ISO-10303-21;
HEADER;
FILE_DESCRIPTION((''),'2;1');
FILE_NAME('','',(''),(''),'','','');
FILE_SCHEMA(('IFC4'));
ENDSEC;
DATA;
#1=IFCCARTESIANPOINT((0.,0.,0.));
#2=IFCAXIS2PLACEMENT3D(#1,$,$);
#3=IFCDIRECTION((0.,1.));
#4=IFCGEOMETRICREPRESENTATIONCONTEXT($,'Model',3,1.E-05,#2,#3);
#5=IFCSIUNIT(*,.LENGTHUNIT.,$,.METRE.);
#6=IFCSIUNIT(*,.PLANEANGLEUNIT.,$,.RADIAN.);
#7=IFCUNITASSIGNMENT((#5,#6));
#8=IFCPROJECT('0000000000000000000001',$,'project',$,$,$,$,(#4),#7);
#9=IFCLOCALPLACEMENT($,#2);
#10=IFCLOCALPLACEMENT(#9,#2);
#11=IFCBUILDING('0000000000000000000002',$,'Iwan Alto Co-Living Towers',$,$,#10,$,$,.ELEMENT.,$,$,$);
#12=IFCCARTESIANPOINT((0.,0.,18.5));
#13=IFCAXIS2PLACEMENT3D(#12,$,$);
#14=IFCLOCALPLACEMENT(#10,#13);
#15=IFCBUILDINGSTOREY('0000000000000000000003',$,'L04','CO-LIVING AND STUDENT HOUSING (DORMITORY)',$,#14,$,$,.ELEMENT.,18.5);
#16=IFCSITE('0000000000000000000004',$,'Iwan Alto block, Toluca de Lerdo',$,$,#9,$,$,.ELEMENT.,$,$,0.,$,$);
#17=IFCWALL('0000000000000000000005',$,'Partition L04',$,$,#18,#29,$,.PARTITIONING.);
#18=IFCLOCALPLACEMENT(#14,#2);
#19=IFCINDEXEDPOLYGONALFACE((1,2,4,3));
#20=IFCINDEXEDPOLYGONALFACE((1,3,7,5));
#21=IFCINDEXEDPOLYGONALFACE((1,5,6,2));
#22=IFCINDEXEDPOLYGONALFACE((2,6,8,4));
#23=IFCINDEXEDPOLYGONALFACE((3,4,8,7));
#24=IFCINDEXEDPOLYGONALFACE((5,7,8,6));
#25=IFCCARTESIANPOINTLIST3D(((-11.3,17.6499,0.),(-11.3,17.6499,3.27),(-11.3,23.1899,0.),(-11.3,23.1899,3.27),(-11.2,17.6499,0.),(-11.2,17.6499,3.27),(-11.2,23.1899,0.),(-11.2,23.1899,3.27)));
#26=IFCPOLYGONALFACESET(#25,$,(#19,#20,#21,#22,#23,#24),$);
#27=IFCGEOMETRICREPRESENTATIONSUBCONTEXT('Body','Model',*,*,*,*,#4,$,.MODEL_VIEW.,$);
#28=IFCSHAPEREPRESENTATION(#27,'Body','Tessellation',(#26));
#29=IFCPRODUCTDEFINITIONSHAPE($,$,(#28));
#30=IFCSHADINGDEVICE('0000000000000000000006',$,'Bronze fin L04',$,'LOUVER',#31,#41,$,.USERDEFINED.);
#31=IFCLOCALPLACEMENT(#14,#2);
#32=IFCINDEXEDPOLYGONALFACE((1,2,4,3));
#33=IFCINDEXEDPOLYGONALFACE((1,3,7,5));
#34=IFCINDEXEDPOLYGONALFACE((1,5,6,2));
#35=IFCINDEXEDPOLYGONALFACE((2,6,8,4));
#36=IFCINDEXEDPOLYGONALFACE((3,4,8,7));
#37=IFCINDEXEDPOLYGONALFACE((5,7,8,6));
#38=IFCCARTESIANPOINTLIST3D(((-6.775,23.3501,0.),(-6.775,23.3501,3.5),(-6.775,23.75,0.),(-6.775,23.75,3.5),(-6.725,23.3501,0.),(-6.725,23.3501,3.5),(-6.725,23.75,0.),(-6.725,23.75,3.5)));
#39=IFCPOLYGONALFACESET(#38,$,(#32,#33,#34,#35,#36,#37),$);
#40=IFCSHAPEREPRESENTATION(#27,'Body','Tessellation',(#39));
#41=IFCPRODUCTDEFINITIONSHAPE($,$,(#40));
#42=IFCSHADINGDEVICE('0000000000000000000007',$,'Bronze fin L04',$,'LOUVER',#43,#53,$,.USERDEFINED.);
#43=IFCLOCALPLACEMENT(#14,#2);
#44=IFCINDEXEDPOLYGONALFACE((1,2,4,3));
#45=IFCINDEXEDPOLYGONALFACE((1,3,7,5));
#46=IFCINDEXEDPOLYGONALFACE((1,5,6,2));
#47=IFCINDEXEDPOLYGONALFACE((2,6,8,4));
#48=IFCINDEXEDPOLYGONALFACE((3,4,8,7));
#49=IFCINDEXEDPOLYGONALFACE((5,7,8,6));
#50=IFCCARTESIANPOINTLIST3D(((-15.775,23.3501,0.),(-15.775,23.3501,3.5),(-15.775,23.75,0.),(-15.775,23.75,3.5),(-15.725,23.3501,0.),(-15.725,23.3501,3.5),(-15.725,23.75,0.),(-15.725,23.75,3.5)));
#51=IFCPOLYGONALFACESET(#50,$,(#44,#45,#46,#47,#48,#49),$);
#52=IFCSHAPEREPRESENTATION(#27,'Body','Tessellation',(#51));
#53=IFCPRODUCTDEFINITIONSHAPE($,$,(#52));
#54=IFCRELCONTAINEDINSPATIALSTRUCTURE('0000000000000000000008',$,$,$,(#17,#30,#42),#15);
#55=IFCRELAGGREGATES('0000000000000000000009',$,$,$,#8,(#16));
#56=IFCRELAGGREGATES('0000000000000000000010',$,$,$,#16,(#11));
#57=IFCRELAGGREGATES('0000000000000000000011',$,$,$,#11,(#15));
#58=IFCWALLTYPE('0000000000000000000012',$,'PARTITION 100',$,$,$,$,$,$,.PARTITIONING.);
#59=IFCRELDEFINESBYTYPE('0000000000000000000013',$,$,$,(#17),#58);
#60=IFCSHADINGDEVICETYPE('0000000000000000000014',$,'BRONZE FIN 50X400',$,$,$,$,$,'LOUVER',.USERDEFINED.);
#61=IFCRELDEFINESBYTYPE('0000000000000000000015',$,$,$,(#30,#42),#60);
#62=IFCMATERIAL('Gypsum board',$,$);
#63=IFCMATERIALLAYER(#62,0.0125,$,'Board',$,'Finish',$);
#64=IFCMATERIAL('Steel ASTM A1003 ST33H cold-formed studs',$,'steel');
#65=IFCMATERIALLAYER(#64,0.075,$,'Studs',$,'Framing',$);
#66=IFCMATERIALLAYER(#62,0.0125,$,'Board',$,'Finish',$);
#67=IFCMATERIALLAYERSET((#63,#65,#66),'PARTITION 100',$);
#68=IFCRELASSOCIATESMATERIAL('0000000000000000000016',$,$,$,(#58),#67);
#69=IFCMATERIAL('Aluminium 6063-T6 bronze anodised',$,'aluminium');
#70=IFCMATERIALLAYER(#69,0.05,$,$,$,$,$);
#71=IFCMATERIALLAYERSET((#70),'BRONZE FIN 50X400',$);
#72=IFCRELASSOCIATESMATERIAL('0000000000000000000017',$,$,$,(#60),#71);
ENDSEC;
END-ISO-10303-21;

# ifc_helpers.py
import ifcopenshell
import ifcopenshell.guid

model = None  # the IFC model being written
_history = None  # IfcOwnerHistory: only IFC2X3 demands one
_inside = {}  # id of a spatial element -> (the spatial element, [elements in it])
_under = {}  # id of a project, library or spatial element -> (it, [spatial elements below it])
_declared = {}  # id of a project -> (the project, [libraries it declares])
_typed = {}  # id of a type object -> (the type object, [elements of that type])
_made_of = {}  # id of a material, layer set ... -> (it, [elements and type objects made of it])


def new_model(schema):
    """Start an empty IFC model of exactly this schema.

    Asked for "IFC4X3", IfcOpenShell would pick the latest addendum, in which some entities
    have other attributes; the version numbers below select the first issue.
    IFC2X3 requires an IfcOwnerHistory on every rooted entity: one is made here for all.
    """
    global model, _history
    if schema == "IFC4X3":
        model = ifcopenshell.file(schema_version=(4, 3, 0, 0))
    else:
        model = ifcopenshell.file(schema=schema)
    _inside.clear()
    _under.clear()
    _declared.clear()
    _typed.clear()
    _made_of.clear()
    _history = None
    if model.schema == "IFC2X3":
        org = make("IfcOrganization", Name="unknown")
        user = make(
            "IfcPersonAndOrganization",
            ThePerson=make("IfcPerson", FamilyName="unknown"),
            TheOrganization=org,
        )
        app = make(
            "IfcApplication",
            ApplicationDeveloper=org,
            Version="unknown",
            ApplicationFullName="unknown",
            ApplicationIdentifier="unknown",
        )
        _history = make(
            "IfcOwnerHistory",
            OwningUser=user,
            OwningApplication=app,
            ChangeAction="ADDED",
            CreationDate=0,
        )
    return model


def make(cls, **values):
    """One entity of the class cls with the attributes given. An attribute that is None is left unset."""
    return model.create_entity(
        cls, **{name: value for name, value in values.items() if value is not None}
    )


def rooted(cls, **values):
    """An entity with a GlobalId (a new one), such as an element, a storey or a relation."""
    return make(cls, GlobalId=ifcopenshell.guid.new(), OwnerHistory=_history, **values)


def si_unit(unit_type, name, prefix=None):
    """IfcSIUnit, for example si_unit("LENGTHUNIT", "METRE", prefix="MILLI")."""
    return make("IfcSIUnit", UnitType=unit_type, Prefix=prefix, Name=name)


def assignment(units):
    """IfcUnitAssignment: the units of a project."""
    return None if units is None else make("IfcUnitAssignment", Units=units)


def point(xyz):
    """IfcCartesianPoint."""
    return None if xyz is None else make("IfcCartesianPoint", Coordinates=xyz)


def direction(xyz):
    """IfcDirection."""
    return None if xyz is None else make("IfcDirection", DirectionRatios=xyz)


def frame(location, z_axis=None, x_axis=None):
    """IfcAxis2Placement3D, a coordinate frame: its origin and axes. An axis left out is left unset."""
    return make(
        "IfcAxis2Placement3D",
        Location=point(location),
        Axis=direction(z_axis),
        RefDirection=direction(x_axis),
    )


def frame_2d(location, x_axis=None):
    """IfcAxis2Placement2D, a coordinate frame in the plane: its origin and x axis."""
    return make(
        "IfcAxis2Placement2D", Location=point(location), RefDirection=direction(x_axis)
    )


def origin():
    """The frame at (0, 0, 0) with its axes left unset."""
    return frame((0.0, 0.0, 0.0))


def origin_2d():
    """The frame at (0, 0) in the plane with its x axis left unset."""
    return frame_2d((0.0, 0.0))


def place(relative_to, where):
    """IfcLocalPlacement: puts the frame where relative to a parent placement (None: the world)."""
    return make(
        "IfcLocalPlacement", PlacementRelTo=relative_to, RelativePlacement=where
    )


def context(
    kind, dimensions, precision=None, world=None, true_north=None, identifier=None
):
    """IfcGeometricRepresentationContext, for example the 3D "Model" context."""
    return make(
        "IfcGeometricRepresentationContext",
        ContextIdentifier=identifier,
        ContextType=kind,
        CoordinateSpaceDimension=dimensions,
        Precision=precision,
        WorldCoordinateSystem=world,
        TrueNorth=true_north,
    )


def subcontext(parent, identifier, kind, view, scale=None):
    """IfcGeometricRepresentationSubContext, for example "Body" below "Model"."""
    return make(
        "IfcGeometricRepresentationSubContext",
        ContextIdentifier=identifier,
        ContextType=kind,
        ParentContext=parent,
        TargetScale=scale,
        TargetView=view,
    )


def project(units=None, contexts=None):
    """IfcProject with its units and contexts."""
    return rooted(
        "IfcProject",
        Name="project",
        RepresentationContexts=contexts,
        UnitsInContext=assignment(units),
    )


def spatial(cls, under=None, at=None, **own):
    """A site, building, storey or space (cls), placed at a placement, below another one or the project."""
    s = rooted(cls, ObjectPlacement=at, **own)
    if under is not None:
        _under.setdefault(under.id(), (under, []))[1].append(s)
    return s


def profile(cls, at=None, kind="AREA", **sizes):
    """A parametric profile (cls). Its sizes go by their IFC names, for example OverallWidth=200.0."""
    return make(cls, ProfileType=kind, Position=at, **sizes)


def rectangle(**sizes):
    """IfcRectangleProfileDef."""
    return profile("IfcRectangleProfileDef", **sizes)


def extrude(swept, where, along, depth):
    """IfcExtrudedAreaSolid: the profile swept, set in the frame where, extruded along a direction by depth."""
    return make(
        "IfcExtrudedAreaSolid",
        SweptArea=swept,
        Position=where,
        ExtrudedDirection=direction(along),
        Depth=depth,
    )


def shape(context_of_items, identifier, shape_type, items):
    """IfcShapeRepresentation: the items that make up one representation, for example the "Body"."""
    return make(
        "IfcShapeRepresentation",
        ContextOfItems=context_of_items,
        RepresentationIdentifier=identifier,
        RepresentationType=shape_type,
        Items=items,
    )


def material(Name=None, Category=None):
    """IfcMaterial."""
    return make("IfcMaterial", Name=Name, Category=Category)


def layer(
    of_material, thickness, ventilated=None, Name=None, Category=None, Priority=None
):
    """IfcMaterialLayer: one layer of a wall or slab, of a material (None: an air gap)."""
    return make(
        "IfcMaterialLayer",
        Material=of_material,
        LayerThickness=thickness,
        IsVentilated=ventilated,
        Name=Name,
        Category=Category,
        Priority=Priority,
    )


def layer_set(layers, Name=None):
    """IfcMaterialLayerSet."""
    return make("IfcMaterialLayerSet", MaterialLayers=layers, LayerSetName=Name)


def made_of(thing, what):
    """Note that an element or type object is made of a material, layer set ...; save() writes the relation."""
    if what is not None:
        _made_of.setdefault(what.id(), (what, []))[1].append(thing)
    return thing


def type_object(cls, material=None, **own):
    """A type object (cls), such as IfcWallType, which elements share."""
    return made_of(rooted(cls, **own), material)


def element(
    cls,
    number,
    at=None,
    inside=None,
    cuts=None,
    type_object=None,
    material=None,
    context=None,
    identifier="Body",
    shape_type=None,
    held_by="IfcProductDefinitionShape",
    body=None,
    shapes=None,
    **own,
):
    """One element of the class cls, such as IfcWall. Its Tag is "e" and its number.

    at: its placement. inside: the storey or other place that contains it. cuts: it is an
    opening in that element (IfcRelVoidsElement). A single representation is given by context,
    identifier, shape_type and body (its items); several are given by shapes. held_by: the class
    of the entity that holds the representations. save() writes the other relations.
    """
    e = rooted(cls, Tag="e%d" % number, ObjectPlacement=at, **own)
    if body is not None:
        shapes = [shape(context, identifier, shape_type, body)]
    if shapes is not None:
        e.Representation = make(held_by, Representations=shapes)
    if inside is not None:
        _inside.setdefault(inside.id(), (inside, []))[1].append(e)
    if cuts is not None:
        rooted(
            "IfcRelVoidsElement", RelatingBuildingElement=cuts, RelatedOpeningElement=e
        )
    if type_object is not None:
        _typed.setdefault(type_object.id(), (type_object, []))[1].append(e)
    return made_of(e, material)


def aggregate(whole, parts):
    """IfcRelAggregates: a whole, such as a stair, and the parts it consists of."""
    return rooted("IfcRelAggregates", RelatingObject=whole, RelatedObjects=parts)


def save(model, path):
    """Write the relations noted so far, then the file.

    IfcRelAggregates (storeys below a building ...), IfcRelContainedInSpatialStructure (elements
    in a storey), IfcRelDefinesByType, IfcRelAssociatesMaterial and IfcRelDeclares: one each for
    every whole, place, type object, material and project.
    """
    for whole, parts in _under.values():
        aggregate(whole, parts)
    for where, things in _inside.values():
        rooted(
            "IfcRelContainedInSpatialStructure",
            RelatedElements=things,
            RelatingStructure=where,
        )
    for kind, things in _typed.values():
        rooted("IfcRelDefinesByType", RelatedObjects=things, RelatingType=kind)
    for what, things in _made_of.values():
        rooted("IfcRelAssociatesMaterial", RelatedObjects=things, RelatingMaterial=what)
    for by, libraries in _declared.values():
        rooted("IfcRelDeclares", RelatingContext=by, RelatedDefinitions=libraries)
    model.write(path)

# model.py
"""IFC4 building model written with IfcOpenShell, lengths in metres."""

from ifc_helpers import new_model, si_unit, direction, frame, frame_2d, origin, origin_2d, place, context, subcontext, project, spatial, rectangle, extrude, material, layer, layer_set, type_object, element, save


model = new_model("IFC4")

# Units and contexts
model_context = context("Model", 3, precision=1e-05, world=origin(), true_north=direction((0.0, 1.0)))
body_context = subcontext(model_context, "Body", "Model", "MODEL_VIEW")
ifc_project = project(units=[si_unit("LENGTHUNIT", "METRE"), si_unit("PLANEANGLEUNIT", "RADIAN")], contexts=[model_context])

# Site, building, storey
site_placement = place(None, origin())
site = spatial("IfcSite", under=ifc_project, at=site_placement, Name="Iwan Alto block, Toluca de Lerdo", CompositionType="ELEMENT", RefElevation=0.0)
building_placement = place(site_placement, origin())
building = spatial("IfcBuilding", under=site, at=building_placement, Name="Iwan Alto Co-Living Towers", CompositionType="ELEMENT")
storey_placement = place(building_placement, frame((0.0, 0.0, 18.5)))
storey = spatial("IfcBuildingStorey", under=building, at=storey_placement, Name="L04", Description="CO-LIVING AND STUDENT HOUSING (DORMITORY)", CompositionType="ELEMENT", Elevation=18.5)

# Shared definitions
ifc_material_1 = material(Name="Gypsum board")
ifc_layer_1 = layer(ifc_material_1, 0.0125, Name="Board", Category="Finish")
ifc_material_2 = material(Name="Steel ASTM A1003 ST33H cold-formed studs", Category="steel")
ifc_layer_2 = layer(ifc_material_2, 0.075, Name="Studs", Category="Framing")
ifc_layer_3 = layer(ifc_material_1, 0.0125, Name="Board", Category="Finish")
ifc_layer_set_1 = layer_set([ifc_layer_1, ifc_layer_2, ifc_layer_3], Name="PARTITION 100")
wall_type = type_object("IfcWallType", Name="PARTITION 100", PredefinedType="PARTITIONING", material=ifc_layer_set_1)

# Wall
for number, where, z_axis, x_axis, name in (
    (1, (-11.25, 17.6499, 0.0), (0.0, 0.0, 1.0), (0.0, 1.0, 0.0), "Partition L04"),
):
    element("IfcWall", number, at=place(storey_placement, frame(where, z_axis=z_axis, x_axis=x_axis)), inside=storey, type_object=wall_type, Name=name, PredefinedType="PARTITIONING", context=body_context, shape_type="SweptSolid", body=[
        extrude(rectangle(XDim=5.54, YDim=0.1001, at=frame_2d((2.77, 0.0))), origin(), (0.0, 0.0, 1.0), 3.27),
    ])

# Shading devices
ifc_material_3 = material(Name="Aluminium 6063-T6 bronze anodised", Category="aluminium")
ifc_layer_4 = layer(ifc_material_3, 0.05)
ifc_layer_set_2 = layer_set([ifc_layer_4], Name="BRONZE FIN 50X400")
shading_device_type = type_object("IfcShadingDeviceType", Name="BRONZE FIN 50X400", ElementType="LOUVER", PredefinedType="USERDEFINED", material=ifc_layer_set_2)
for number, where, z_axis, x_axis, name in (
    (2, (-6.75, 23.55, 0.0), (0.0, 0.0, 1.0), (-1.0, 0.0, 0.0), "Bronze fin L04"),
    (3, (-15.75, 23.55, 0.0), (0.0, 0.0, 1.0), (-1.0, 0.0, 0.0), "Bronze fin L04"),
):
    element("IfcShadingDevice", number, at=place(storey_placement, frame(where, z_axis=z_axis, x_axis=x_axis)), inside=storey, type_object=shading_device_type, Name=name, ObjectType="LOUVER", PredefinedType="USERDEFINED", context=body_context, shape_type="SweptSolid", body=[
        extrude(rectangle(XDim=0.05, YDim=0.3999, at=origin_2d()), origin(), (0.0, 0.0, 1.0), 3.5),
    ])

save(model, "model.ifc")
